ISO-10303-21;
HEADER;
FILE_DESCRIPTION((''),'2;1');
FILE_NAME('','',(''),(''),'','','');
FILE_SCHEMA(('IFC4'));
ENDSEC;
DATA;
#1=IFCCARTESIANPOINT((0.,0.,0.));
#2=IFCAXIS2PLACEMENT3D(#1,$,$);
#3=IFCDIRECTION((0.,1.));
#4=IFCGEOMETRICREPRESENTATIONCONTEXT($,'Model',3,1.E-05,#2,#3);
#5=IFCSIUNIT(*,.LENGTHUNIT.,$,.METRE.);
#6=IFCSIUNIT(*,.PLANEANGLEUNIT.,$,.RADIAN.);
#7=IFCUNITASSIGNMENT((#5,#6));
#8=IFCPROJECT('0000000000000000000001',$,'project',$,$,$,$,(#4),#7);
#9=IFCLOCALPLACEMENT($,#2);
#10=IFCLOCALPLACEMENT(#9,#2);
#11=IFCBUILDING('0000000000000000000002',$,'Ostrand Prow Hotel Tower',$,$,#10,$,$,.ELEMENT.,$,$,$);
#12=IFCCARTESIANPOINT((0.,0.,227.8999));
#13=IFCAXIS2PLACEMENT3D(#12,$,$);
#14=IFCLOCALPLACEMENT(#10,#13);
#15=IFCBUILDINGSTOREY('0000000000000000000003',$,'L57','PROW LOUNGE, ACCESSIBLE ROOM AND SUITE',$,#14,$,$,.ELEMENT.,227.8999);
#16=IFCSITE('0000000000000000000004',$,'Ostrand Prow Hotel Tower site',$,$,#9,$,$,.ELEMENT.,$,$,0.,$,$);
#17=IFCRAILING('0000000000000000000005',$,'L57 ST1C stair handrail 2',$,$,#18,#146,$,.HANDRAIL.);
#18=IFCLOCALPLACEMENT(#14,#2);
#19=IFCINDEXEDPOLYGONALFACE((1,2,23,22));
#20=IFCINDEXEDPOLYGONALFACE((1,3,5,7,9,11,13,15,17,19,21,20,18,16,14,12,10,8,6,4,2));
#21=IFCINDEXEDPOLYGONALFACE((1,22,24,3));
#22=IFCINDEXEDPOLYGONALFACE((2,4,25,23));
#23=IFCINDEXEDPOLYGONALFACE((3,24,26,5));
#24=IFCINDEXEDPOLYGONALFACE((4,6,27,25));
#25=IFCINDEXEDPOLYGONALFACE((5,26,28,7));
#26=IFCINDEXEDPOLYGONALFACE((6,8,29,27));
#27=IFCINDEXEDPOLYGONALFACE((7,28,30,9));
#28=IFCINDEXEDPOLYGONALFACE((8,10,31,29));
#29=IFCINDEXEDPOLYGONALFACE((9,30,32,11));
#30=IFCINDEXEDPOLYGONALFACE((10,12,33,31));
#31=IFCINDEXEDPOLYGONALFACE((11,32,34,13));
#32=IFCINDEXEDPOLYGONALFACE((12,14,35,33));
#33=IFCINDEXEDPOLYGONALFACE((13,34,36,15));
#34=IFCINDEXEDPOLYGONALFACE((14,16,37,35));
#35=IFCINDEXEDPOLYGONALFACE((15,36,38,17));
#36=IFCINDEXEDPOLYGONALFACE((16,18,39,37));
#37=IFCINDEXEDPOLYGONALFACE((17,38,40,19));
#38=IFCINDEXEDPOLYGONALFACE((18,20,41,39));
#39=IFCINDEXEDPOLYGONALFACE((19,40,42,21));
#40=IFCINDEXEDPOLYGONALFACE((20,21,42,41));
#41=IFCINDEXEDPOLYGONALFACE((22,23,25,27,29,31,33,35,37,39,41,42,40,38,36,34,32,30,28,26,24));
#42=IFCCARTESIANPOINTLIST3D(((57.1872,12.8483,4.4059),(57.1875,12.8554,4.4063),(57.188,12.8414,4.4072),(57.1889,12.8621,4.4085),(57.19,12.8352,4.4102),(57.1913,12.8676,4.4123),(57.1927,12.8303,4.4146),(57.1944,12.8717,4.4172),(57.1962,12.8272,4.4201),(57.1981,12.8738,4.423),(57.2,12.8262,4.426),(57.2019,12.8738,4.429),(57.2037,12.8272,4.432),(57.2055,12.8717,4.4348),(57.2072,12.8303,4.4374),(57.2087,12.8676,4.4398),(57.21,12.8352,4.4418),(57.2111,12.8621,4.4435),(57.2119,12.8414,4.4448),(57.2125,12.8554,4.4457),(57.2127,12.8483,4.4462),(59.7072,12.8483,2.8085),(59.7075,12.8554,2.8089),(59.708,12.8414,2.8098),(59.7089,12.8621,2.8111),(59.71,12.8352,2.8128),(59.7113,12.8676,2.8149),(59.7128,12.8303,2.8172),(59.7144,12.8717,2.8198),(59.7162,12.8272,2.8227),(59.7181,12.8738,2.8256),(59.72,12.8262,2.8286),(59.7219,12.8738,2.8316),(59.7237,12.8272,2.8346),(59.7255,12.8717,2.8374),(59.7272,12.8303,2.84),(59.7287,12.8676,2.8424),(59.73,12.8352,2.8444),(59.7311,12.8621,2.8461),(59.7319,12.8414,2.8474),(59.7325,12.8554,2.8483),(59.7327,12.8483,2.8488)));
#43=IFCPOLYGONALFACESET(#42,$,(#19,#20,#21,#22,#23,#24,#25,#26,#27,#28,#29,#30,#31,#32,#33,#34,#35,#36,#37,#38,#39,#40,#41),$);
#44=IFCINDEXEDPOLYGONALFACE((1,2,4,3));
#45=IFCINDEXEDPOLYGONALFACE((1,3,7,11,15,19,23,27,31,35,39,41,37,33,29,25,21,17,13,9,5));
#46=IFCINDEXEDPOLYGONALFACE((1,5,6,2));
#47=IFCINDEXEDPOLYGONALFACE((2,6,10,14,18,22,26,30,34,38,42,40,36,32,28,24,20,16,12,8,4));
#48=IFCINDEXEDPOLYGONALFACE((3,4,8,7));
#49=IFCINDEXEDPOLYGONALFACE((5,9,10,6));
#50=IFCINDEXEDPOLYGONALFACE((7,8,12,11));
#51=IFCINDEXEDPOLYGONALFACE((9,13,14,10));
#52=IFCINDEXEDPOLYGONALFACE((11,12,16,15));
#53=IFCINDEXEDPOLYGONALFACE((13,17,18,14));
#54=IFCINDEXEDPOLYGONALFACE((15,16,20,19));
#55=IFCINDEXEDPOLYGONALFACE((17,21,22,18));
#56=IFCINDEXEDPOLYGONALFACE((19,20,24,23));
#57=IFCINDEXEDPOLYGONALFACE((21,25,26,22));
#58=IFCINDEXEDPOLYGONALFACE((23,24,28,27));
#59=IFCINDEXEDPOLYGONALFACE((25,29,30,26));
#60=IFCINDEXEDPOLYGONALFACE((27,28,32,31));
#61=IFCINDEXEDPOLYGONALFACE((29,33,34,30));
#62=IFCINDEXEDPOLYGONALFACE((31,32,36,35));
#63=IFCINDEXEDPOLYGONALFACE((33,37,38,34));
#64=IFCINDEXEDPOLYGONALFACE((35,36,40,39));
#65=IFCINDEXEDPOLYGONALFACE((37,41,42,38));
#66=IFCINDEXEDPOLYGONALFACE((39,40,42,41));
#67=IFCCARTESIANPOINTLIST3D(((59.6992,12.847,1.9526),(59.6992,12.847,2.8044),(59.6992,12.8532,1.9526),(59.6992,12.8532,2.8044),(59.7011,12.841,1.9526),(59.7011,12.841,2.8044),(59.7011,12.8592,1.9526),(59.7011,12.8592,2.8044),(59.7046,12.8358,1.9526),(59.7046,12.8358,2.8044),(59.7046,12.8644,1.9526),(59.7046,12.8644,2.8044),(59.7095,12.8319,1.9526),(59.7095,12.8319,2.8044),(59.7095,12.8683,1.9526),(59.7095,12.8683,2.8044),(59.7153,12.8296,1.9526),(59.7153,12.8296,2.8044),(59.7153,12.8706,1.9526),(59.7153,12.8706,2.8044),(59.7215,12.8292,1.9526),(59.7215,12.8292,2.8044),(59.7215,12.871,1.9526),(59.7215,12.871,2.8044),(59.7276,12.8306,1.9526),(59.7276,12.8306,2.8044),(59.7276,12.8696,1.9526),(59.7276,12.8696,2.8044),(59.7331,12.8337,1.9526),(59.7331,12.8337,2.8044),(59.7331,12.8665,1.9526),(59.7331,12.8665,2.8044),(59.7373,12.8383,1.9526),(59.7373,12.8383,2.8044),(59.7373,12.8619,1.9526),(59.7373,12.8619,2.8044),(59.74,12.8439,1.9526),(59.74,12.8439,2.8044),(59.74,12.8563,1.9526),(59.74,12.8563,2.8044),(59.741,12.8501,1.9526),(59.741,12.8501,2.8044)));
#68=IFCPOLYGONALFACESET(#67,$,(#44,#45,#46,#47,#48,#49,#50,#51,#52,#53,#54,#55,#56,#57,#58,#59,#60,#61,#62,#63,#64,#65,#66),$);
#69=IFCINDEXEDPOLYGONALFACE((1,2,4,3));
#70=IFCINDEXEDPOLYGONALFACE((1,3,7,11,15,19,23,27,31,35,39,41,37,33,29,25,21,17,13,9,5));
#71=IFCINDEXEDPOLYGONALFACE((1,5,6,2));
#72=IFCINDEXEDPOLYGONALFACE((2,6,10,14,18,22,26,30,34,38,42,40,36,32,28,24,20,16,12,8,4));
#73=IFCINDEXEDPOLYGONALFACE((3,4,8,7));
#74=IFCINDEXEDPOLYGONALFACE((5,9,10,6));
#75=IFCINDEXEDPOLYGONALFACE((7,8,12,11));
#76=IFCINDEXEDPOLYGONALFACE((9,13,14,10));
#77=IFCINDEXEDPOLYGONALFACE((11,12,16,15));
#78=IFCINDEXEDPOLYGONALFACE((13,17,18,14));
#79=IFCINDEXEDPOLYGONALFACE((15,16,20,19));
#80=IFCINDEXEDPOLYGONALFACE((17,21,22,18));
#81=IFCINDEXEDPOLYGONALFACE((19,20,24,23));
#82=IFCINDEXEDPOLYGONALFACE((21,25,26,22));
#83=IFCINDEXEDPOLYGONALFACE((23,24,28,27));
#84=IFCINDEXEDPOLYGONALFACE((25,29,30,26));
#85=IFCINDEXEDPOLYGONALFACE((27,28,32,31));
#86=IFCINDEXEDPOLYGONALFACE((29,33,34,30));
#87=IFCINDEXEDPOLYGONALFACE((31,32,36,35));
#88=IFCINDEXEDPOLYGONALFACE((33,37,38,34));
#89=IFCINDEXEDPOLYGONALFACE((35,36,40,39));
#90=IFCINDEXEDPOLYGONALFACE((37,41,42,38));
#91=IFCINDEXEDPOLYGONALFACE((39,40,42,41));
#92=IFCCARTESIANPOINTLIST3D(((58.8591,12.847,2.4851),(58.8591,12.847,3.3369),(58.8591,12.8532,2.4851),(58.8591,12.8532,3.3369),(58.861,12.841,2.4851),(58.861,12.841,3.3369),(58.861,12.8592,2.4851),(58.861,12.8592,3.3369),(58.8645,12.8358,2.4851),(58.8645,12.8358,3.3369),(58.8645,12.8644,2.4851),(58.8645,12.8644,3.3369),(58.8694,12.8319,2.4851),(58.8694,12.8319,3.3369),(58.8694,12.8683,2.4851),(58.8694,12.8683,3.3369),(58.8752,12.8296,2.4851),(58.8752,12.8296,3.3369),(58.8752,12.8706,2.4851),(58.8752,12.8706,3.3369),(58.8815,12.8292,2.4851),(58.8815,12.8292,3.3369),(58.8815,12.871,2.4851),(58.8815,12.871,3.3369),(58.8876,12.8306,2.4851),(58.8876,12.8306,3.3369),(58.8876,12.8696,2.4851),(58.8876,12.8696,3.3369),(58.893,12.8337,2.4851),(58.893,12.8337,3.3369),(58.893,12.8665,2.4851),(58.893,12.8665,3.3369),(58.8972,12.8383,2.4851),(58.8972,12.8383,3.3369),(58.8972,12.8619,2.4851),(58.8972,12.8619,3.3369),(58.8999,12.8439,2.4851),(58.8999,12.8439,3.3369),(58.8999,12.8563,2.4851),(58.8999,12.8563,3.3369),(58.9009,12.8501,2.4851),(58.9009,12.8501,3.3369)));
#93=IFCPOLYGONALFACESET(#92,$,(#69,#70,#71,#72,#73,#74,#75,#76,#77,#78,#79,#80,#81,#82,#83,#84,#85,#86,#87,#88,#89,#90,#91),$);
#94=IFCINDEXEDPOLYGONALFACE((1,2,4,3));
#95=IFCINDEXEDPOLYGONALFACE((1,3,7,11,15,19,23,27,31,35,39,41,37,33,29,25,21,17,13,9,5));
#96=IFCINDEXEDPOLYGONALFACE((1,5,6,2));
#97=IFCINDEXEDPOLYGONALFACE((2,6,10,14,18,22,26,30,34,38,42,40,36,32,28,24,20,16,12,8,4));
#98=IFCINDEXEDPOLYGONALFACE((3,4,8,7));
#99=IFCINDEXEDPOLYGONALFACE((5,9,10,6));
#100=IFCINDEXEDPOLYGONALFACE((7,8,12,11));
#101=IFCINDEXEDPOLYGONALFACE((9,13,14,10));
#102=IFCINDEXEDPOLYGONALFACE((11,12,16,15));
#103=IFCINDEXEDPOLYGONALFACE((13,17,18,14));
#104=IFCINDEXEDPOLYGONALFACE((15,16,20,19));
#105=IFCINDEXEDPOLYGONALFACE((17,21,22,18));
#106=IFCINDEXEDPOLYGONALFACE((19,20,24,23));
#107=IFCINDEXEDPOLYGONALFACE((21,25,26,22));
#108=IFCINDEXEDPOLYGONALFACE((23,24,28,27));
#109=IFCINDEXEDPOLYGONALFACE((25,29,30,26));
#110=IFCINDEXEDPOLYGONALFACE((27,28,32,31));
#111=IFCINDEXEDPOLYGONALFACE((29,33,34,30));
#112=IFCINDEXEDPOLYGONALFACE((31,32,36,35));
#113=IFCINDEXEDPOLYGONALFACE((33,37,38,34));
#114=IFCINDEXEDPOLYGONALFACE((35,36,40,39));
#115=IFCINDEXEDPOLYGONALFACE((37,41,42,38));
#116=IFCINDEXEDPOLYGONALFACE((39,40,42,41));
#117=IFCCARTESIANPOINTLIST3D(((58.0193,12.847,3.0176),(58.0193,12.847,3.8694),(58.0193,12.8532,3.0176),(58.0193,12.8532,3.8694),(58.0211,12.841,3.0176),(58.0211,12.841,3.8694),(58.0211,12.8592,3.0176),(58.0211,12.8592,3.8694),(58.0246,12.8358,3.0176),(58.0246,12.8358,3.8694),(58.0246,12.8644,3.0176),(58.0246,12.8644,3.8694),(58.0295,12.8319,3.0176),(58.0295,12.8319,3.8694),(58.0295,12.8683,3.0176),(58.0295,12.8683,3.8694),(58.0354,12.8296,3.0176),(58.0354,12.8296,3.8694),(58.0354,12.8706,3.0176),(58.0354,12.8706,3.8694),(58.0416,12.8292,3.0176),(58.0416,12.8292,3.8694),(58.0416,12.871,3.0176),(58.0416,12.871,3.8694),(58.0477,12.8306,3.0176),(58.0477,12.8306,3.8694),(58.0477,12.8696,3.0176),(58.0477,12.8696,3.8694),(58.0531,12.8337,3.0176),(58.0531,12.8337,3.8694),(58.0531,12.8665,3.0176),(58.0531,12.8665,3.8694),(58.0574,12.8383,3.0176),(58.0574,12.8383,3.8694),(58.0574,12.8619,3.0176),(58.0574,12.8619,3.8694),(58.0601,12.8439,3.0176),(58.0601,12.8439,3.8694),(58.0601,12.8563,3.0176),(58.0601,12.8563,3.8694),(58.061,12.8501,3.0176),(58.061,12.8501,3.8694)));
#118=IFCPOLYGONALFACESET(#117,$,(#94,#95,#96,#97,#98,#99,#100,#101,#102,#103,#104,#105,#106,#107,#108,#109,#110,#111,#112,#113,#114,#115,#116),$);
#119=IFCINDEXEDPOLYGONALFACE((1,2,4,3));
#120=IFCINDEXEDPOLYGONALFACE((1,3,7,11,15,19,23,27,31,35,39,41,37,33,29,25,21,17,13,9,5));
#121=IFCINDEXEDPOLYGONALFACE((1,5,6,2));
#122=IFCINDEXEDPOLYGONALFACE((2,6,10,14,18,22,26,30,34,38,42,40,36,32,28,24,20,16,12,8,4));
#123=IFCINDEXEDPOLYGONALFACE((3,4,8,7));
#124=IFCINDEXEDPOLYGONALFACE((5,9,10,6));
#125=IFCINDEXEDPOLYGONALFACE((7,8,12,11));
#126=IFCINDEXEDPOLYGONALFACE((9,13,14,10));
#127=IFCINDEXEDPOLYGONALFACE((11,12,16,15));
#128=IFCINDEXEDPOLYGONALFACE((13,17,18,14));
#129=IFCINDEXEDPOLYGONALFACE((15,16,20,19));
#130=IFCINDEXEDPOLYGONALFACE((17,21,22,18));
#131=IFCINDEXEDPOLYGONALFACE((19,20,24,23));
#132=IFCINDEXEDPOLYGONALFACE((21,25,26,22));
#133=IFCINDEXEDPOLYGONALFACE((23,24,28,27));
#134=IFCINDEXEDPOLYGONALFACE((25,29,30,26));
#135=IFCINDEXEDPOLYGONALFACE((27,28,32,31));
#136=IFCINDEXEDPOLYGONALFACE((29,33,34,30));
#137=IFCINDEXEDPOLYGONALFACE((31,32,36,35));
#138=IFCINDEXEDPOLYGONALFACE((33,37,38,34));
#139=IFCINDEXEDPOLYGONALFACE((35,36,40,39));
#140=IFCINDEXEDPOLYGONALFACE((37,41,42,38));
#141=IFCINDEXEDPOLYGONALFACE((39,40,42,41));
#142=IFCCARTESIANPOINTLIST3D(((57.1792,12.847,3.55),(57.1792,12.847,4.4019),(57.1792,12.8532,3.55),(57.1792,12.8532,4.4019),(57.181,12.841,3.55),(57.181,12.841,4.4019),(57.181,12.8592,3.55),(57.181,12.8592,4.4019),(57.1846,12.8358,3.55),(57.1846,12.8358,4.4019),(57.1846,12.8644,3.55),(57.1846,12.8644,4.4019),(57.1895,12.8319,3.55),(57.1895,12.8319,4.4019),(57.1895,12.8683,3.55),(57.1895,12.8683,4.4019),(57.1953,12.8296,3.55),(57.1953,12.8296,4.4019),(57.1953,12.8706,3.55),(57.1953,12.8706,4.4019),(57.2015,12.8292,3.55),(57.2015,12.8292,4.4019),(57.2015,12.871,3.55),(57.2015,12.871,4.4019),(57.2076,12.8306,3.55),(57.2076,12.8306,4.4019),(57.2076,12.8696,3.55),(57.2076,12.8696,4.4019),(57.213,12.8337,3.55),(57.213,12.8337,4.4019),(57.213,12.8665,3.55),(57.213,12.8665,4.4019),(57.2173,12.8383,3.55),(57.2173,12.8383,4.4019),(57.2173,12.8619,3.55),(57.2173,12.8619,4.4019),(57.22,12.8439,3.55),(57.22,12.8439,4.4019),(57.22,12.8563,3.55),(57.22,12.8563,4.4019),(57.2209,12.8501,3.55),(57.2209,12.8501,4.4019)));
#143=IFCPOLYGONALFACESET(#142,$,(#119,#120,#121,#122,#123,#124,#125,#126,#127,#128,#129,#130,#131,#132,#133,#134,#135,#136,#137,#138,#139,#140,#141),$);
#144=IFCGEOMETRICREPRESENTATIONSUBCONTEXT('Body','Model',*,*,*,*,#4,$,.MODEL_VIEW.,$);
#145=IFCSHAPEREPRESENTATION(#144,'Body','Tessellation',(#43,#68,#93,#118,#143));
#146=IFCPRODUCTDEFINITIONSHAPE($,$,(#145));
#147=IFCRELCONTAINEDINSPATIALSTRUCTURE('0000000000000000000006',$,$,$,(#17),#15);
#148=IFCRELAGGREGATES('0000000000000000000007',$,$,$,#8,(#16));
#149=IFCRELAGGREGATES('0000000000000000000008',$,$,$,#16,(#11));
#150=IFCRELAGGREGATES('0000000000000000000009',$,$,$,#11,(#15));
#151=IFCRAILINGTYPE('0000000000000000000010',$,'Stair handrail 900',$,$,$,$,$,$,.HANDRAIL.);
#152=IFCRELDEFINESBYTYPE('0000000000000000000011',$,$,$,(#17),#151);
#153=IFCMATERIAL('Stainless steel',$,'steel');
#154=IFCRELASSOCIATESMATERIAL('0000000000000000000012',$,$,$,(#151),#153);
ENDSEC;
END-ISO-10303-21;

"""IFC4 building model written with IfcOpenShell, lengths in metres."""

from ifc_helpers import new_model, si_unit, direction, frame, origin, origin_2d, place, context, subcontext, project, spatial, circle, extrude, material, type_object, element, save


model = new_model("IFC4")

# Units and contexts
model_context = context("Model", 3, precision=1e-05, world=origin(), true_north=direction((0.0, 1.0)))
body_context = subcontext(model_context, "Body", "Model", "MODEL_VIEW")
ifc_project = project(units=[si_unit("LENGTHUNIT", "METRE"), si_unit("PLANEANGLEUNIT", "RADIAN")], contexts=[model_context])

# Site, building, storey
site_placement = place(None, origin())
site = spatial("IfcSite", under=ifc_project, at=site_placement, Name="Ostrand Prow Hotel Tower site", CompositionType="ELEMENT", RefElevation=0.0)
building_placement = place(site_placement, origin())
building = spatial("IfcBuilding", under=site, at=building_placement, Name="Ostrand Prow Hotel Tower", CompositionType="ELEMENT")
storey_placement = place(building_placement, frame((0.0, 0.0, 227.8999)))
storey = spatial("IfcBuildingStorey", under=building, at=storey_placement, Name="L57", Description="PROW LOUNGE, ACCESSIBLE ROOM AND SUITE", CompositionType="ELEMENT", Elevation=227.8999)

# Railing
ifc_material_1 = material(Name="Stainless steel", Category="steel")
railing_type_1 = type_object("IfcRailingType", Name="Stair handrail 900", PredefinedType="HANDRAIL", material=ifc_material_1)
railing_1_placement = place(storey_placement, frame((59.72, 12.8501, 1.9526)))
element("IfcRailing", 1, at=railing_1_placement, inside=storey, type_object=railing_type_1, Name="L57 ST1C stair handrail 2", PredefinedType="HANDRAIL", context=body_context, shape_type="SweptSolid", body=[
    extrude(circle(Radius=0.0239, at=origin_2d()), frame((0.0, 0.0, 0.876), z_axis=(-0.844607, 0.0, 0.535387), x_axis=(0.0, -1.0, 0.0)), (0.0, 0.0, 1.0), 2.9836),
    extrude(circle(Radius=0.021, at=origin_2d()), origin(), (0.0, 0.0, 1.0), 0.8518),
    extrude(circle(Radius=0.021, at=origin_2d()), frame((-0.8401, 0.0, 0.5325)), (0.0, 0.0, 1.0), 0.8518),
    extrude(circle(Radius=0.021, at=origin_2d()), frame((-1.6799, 0.0, 1.0649)), (0.0, 0.0, 1.0), 0.8518),
    extrude(circle(Radius=0.021, at=origin_2d()), frame((-2.52, 0.0, 1.5974)), (0.0, 0.0, 1.0), 0.8518),
])

save(model, "model.ifc")
